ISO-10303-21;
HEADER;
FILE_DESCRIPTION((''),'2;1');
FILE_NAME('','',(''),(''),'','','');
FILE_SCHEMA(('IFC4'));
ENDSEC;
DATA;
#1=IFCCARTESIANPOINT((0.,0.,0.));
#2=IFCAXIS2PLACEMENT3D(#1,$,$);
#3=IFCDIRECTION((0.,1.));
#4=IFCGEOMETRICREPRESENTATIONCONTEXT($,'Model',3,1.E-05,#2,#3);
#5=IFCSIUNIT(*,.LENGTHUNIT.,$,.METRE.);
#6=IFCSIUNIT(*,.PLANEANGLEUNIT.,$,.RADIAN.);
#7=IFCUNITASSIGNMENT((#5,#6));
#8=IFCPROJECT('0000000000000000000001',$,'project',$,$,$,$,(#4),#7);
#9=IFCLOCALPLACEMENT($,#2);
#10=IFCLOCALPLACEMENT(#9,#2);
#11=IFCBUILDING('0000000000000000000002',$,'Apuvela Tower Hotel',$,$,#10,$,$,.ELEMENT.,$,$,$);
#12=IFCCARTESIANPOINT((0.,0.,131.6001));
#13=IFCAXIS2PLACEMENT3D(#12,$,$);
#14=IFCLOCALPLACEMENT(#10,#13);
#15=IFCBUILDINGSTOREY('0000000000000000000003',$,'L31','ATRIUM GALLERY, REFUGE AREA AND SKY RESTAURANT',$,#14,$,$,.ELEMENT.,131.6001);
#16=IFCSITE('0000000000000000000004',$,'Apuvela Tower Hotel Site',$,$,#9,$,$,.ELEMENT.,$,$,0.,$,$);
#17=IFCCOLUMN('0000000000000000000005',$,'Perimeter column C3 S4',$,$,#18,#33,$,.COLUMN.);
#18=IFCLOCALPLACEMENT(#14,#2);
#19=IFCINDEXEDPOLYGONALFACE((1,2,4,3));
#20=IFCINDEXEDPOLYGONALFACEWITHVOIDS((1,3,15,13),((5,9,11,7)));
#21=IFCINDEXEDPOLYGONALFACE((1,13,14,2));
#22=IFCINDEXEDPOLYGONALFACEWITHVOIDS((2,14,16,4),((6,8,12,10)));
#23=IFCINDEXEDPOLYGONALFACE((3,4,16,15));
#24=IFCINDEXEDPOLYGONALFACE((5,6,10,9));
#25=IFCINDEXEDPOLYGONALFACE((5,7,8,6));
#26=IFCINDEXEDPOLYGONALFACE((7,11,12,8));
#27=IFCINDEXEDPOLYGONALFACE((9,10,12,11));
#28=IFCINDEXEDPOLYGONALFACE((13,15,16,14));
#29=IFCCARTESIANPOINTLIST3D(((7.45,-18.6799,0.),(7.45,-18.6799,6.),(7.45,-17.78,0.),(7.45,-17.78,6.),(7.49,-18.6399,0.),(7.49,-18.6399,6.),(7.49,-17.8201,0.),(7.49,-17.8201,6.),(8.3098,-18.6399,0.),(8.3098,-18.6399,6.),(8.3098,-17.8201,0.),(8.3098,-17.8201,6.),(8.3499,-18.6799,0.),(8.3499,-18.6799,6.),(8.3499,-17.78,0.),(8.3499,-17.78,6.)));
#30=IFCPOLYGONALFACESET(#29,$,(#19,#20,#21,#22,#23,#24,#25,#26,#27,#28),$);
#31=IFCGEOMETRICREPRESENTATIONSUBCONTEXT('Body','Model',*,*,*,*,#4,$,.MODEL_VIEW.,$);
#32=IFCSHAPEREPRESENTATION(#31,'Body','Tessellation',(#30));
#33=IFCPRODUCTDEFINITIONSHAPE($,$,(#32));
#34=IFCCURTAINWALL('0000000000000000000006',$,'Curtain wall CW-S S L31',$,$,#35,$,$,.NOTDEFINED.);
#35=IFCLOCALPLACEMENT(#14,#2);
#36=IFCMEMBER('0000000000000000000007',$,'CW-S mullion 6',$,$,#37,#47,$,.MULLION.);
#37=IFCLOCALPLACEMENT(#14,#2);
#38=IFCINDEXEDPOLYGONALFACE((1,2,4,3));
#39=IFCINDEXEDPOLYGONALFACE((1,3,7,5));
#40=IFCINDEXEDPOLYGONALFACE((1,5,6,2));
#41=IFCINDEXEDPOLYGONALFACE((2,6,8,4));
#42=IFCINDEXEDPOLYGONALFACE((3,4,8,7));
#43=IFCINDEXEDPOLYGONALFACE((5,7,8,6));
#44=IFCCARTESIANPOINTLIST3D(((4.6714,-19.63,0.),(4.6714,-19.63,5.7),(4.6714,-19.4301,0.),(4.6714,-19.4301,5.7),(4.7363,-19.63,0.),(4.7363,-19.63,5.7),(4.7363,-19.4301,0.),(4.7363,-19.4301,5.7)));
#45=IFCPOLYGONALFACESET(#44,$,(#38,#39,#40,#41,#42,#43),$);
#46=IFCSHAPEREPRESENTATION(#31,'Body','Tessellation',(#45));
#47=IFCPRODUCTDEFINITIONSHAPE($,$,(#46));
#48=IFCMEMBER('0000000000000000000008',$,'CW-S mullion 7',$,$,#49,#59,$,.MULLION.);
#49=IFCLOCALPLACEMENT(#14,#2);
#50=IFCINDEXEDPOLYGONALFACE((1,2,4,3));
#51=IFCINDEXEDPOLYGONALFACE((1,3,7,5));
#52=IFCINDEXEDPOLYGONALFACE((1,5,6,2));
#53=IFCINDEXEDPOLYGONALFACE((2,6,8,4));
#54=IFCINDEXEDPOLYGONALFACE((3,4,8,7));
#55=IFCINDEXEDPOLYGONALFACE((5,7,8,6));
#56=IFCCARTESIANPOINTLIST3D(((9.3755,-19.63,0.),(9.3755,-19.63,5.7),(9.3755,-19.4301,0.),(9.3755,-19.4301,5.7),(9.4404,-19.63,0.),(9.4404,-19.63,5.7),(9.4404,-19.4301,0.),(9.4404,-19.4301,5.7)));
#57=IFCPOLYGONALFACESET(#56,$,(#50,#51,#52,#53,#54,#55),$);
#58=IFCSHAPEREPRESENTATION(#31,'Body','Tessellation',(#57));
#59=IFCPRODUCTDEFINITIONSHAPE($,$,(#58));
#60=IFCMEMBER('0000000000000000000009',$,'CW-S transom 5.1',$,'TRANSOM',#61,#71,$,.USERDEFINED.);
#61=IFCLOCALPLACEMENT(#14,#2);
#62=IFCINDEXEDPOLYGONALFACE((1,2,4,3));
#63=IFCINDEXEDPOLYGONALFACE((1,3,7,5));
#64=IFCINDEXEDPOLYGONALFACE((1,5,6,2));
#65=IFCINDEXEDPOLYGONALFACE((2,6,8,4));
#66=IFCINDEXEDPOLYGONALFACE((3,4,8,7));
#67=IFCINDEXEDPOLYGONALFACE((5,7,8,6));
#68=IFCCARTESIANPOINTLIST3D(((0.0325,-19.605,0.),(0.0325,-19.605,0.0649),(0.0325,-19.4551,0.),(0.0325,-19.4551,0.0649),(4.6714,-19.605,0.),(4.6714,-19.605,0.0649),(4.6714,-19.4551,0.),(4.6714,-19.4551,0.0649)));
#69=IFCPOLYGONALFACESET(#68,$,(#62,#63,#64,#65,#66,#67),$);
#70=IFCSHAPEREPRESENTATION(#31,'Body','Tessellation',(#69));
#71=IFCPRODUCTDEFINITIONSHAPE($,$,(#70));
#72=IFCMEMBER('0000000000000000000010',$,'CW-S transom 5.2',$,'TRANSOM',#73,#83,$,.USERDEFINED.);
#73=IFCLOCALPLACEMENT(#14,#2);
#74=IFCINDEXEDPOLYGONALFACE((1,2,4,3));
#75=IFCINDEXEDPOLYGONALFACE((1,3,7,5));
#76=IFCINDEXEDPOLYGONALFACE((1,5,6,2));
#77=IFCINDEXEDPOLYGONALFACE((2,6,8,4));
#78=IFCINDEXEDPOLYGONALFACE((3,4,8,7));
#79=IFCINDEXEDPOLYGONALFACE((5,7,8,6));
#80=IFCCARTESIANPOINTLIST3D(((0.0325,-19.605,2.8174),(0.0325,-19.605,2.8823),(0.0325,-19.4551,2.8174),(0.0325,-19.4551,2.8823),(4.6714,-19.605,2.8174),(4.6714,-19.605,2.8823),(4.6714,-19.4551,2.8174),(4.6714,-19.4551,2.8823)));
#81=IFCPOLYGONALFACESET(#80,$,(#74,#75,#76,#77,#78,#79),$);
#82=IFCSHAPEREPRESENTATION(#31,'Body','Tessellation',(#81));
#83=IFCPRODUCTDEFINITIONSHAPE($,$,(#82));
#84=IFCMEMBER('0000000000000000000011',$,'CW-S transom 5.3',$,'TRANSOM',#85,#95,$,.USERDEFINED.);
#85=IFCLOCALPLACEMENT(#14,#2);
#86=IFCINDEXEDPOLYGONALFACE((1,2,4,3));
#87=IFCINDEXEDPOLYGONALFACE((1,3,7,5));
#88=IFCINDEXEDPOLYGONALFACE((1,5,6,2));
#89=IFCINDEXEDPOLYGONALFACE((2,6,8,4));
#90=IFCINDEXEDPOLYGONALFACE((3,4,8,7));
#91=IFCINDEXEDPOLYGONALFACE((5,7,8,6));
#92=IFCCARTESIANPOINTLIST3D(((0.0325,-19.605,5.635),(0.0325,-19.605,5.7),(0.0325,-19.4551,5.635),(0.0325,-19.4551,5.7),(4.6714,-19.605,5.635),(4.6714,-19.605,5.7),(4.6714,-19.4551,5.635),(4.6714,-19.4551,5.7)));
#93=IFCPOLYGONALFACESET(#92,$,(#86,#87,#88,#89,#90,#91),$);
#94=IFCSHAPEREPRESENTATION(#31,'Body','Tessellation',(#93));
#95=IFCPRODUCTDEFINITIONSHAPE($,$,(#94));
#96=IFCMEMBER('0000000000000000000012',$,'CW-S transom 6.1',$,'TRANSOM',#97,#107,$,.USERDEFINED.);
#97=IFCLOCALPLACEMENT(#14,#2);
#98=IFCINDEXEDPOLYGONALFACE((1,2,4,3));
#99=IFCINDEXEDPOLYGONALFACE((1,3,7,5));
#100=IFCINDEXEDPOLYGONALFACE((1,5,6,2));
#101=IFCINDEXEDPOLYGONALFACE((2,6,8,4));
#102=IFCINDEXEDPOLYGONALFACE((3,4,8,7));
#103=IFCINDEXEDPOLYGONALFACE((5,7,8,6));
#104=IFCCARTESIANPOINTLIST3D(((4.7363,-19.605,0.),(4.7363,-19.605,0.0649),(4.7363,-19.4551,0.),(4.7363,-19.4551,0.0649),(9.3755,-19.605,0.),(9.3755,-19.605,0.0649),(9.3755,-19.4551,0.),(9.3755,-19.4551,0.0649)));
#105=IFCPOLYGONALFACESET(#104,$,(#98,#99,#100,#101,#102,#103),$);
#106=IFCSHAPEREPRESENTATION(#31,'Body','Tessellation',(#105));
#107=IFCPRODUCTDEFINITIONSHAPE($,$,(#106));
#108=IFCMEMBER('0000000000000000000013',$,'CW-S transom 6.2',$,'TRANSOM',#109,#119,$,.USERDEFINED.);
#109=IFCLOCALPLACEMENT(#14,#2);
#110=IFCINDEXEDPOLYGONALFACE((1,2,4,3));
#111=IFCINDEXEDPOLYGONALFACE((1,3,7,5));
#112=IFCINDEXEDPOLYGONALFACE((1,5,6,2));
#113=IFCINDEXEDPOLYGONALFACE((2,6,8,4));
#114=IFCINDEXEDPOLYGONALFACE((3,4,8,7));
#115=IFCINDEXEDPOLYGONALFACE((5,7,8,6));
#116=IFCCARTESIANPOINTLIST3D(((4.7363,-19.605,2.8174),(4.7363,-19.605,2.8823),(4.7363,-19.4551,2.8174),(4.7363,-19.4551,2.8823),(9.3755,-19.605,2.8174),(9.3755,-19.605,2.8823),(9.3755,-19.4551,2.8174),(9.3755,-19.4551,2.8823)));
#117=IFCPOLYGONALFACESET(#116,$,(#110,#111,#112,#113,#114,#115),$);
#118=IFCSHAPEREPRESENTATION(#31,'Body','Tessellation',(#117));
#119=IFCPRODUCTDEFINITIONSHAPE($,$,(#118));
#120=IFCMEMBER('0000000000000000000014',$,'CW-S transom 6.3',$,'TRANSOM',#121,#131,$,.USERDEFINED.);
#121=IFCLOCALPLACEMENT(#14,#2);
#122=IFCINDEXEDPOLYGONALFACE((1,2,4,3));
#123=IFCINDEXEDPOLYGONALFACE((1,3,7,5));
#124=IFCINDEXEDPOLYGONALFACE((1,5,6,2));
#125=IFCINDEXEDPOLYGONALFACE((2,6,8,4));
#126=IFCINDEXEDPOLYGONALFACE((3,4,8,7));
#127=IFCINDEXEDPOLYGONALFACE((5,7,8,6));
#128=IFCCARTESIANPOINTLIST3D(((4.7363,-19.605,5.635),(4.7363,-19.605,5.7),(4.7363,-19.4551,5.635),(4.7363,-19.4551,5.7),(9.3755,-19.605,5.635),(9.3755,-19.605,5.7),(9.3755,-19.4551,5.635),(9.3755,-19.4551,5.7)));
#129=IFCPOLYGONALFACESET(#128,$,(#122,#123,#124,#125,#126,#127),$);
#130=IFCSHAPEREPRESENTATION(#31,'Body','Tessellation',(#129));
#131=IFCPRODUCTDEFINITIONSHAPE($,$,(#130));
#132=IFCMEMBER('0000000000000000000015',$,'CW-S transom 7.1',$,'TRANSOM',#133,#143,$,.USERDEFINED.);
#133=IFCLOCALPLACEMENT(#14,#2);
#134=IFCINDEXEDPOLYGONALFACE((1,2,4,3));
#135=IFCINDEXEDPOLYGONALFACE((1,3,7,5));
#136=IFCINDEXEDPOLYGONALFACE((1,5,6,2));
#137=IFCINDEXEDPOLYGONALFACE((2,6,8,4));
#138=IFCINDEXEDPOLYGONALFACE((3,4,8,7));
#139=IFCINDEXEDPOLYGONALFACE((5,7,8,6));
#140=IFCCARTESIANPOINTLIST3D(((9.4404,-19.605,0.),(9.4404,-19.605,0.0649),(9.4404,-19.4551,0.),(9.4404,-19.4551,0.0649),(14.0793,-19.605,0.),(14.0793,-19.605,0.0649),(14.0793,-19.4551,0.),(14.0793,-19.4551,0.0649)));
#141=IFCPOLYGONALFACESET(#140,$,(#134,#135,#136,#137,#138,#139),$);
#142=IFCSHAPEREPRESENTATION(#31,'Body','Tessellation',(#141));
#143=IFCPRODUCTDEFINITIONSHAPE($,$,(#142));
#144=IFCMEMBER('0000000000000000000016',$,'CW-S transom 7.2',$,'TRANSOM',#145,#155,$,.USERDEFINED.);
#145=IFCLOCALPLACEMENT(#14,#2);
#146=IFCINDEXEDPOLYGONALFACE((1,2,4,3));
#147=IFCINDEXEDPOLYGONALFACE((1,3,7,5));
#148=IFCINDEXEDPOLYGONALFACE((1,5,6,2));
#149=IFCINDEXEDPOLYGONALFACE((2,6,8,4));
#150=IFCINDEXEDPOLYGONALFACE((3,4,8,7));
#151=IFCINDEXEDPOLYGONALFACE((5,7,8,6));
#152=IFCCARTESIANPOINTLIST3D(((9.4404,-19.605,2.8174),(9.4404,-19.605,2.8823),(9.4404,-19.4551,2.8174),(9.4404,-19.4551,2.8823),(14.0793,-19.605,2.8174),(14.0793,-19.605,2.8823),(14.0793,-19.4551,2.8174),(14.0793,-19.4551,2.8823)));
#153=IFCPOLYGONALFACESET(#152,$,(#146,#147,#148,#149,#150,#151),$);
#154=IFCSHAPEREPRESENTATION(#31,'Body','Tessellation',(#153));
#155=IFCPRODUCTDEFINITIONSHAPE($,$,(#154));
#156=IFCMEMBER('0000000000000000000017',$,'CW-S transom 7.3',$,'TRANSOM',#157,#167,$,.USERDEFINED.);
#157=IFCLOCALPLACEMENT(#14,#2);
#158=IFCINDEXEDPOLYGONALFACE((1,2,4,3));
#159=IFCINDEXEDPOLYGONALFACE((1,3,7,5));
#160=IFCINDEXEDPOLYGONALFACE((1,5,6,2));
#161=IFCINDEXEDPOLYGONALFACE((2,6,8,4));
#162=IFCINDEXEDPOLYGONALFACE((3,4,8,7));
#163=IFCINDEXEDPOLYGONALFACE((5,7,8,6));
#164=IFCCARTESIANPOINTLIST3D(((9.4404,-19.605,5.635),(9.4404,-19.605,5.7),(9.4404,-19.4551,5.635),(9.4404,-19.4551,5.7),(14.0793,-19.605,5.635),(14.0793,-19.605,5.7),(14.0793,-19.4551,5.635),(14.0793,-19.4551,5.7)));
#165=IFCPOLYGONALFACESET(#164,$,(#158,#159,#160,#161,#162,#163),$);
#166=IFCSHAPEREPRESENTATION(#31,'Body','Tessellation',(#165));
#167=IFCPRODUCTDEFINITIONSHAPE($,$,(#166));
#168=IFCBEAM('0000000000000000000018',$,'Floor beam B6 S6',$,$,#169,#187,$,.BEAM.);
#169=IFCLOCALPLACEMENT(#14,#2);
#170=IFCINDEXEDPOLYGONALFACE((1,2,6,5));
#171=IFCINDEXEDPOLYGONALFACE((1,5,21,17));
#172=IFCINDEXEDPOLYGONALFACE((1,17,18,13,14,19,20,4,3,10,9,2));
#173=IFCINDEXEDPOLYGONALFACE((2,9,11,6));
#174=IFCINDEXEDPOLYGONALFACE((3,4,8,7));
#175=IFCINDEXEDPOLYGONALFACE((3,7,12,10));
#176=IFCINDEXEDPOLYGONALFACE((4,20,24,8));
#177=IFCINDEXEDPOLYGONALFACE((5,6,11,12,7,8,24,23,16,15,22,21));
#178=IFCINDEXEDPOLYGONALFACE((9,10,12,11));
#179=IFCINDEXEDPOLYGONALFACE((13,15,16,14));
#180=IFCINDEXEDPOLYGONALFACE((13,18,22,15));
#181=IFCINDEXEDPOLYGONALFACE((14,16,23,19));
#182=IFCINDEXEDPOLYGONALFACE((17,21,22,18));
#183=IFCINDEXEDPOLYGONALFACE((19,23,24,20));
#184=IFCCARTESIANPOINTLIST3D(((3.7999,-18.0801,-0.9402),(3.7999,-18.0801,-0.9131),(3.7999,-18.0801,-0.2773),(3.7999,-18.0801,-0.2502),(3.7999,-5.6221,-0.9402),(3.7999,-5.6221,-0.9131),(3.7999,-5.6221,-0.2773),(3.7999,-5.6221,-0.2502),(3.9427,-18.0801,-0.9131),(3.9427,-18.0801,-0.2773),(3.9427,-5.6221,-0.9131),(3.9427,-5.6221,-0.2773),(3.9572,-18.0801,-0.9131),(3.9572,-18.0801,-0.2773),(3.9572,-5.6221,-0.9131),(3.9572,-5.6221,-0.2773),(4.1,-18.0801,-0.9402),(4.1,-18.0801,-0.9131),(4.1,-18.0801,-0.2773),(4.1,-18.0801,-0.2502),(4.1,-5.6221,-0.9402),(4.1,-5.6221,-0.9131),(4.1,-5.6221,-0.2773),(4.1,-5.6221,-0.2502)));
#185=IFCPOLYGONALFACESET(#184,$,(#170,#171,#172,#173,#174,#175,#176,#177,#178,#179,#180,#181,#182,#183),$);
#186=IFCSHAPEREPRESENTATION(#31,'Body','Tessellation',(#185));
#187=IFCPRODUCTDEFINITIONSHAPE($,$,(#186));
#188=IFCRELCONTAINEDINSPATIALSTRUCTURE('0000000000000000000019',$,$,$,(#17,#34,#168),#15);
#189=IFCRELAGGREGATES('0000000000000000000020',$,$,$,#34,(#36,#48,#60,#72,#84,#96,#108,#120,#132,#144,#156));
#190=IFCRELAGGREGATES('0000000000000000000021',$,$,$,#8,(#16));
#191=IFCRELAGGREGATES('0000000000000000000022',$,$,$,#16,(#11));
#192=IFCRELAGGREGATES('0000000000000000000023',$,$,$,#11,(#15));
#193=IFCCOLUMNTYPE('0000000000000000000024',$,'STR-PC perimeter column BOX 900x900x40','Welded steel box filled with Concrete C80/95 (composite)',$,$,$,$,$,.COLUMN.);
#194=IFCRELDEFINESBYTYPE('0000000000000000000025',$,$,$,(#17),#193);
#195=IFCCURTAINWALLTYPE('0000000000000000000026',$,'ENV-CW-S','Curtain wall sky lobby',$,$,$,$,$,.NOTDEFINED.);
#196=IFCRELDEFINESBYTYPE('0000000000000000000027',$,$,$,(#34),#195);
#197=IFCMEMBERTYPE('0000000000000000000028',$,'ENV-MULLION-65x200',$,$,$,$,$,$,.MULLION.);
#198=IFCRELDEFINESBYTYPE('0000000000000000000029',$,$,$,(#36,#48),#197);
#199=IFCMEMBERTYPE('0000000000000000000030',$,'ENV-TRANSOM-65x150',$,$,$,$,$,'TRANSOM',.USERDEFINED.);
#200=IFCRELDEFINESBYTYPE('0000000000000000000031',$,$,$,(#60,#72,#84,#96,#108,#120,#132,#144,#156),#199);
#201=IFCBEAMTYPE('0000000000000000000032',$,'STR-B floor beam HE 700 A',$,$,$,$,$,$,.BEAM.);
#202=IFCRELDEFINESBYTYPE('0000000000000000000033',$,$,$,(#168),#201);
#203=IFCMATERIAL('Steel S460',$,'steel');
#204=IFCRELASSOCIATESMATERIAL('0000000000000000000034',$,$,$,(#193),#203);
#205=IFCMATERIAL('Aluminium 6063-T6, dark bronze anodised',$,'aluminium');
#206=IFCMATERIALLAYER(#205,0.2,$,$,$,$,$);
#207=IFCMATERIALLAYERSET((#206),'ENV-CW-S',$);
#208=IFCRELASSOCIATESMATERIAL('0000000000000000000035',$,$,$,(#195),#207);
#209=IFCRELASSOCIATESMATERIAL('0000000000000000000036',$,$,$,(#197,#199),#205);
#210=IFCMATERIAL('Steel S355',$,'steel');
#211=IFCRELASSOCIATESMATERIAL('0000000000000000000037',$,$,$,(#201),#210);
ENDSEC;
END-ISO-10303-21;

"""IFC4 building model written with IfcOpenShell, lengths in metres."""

from ifc_helpers import new_model, si_unit, direction, frame, origin, origin_2d, place, context, subcontext, project, spatial, rectangle, hollow_rectangle, i_section, extrude, material, layer, layer_set, material_profile, profile_set, type_object, element, aggregate, save


model = new_model("IFC4")

# Units and contexts
model_context = context("Model", 3, precision=1e-05, world=origin(), true_north=direction((0.0, 1.0)))
body_context = subcontext(model_context, "Body", "Model", "MODEL_VIEW")
ifc_project = project(units=[si_unit("LENGTHUNIT", "METRE"), si_unit("PLANEANGLEUNIT", "RADIAN")], contexts=[model_context])

# Site, building, storey
site_placement = place(None, origin())
site = spatial("IfcSite", under=ifc_project, at=site_placement, Name="Apuvela Tower Hotel Site", CompositionType="ELEMENT", RefElevation=0.0)
building_placement = place(site_placement, origin())
building = spatial("IfcBuilding", under=site, at=building_placement, Name="Apuvela Tower Hotel", CompositionType="ELEMENT")
storey_placement = place(building_placement, frame((0.0, 0.0, 131.6001)))
storey = spatial("IfcBuildingStorey", under=building, at=storey_placement, Name="L31", Description="ATRIUM GALLERY, REFUGE AREA AND SKY RESTAURANT", CompositionType="ELEMENT", Elevation=131.6001)

# Column
ifc_material_1 = material(Name="Steel S460", Category="steel")
ifc_material_profile_1 = material_profile(ifc_material_1, hollow_rectangle(XDim=0.8999, YDim=0.8999, WallThickness=0.04, at=origin_2d()), Name="BOX 900x900x40")
ifc_material_2 = material(Name="Concrete C80/95", Category="concrete")
ifc_material_profile_2 = material_profile(ifc_material_2, rectangle(XDim=0.8201, YDim=0.8201, at=origin_2d()), Name="Concrete C80/95 infill")
ifc_profile_set_1 = profile_set([ifc_material_profile_1, ifc_material_profile_2], Name="Steel S460")
column_type = type_object("IfcColumnType", Name="STR-PC perimeter column BOX 900x900x40", Description="Welded steel box filled with Concrete C80/95 (composite)", PredefinedType="COLUMN", material=ifc_profile_set_1)
column_placement = place(storey_placement, frame((7.8999, -18.23, 0.0), z_axis=(0.0, 0.0, 1.0), x_axis=(-1.0, 0.0, 0.0)))
element("IfcColumn", 1, at=column_placement, inside=storey, type_object=column_type, Name="Perimeter column C3 S4", PredefinedType="COLUMN", context=body_context, shape_type="SweptSolid", body=[
    extrude(hollow_rectangle(XDim=0.8999, YDim=0.8999, WallThickness=0.04, at=origin_2d()), origin(), (0.0, 0.0, 1.0), 6.0),
])

# Curtain wall, members
ifc_material_3 = material(Name="Aluminium 6063-T6, dark bronze anodised", Category="aluminium")
ifc_layer_1 = layer(ifc_material_3, 0.2)
ifc_layer_set_1 = layer_set([ifc_layer_1], Name="ENV-CW-S")
curtain_wall_type = type_object("IfcCurtainWallType", Name="ENV-CW-S", Description="Curtain wall sky lobby", PredefinedType="NOTDEFINED", material=ifc_layer_set_1)
curtain_wall_placement = place(storey_placement, origin())
curtain_wall = element("IfcCurtainWall", 2, at=curtain_wall_placement, inside=storey, type_object=curtain_wall_type, Name="Curtain wall CW-S S L31", PredefinedType="NOTDEFINED")
ifc_material_profile_3 = material_profile(ifc_material_3, rectangle(XDim=0.2, YDim=0.0649, at=origin_2d()), Name="AL 65x200")
ifc_profile_set_2 = profile_set([ifc_material_profile_3], Name="Aluminium 6063-T6, dark bronze anodised")
member_type_1 = type_object("IfcMemberType", Name="ENV-MULLION-65x200", PredefinedType="MULLION", material=ifc_profile_set_2)
member_1_placement = place(storey_placement, frame((4.7039, -19.53, 0.0), z_axis=(0.0, 0.0, 1.0), x_axis=(0.0, 1.0, 0.0)))
member_1 = element("IfcMember", 3, at=member_1_placement, type_object=member_type_1, Name="CW-S mullion 6", PredefinedType="MULLION", context=body_context, shape_type="SweptSolid", body=[
    extrude(rectangle(XDim=0.2, YDim=0.0649, at=origin_2d()), origin(), (0.0, 0.0, 1.0), 5.7),
])
member_2_placement = place(storey_placement, frame((9.408, -19.53, 0.0), z_axis=(0.0, 0.0, 1.0), x_axis=(0.0, 1.0, 0.0)))
member_2 = element("IfcMember", 4, at=member_2_placement, type_object=member_type_1, Name="CW-S mullion 7", PredefinedType="MULLION", context=body_context, shape_type="SweptSolid", body=[
    extrude(rectangle(XDim=0.2, YDim=0.0649, at=origin_2d()), origin(), (0.0, 0.0, 1.0), 5.7),
])
ifc_material_profile_4 = material_profile(ifc_material_3, rectangle(XDim=0.1499, YDim=0.0649, at=origin_2d()), Name="AL 65x150 transom")
ifc_profile_set_3 = profile_set([ifc_material_profile_4], Name="Aluminium 6063-T6, dark bronze anodised")
member_type_2 = type_object("IfcMemberType", Name="ENV-TRANSOM-65x150", ElementType="TRANSOM", PredefinedType="USERDEFINED", material=ifc_profile_set_3)
member_3_placement = place(storey_placement, frame((0.0325, -19.53, 0.0325), z_axis=(1.0, 0.0, 0.0), x_axis=(0.0, 1.0, 0.0)))
member_3 = element("IfcMember", 5, at=member_3_placement, type_object=member_type_2, Name="CW-S transom 5.1", ObjectType="TRANSOM", PredefinedType="USERDEFINED", context=body_context, shape_type="SweptSolid", body=[
    extrude(rectangle(XDim=0.1499, YDim=0.0649, at=origin_2d()), origin(), (0.0, 0.0, 1.0), 4.6389),
])
member_4_placement = place(storey_placement, frame((0.0325, -19.53, 2.8499), z_axis=(1.0, 0.0, 0.0), x_axis=(0.0, 1.0, 0.0)))
member_4 = element("IfcMember", 6, at=member_4_placement, type_object=member_type_2, Name="CW-S transom 5.2", ObjectType="TRANSOM", PredefinedType="USERDEFINED", context=body_context, shape_type="SweptSolid", body=[
    extrude(rectangle(XDim=0.1499, YDim=0.0649, at=origin_2d()), origin(), (0.0, 0.0, 1.0), 4.6389),
])
member_5_placement = place(storey_placement, frame((0.0325, -19.53, 5.6675), z_axis=(1.0, 0.0, 0.0), x_axis=(0.0, 1.0, 0.0)))
member_5 = element("IfcMember", 7, at=member_5_placement, type_object=member_type_2, Name="CW-S transom 5.3", ObjectType="TRANSOM", PredefinedType="USERDEFINED", context=body_context, shape_type="SweptSolid", body=[
    extrude(rectangle(XDim=0.1499, YDim=0.0649, at=origin_2d()), origin(), (0.0, 0.0, 1.0), 4.6389),
])
member_6_placement = place(storey_placement, frame((4.7363, -19.53, 0.0325), z_axis=(1.0, 0.0, 0.0), x_axis=(0.0, 1.0, 0.0)))
member_6 = element("IfcMember", 8, at=member_6_placement, type_object=member_type_2, Name="CW-S transom 6.1", ObjectType="TRANSOM", PredefinedType="USERDEFINED", context=body_context, shape_type="SweptSolid", body=[
    extrude(rectangle(XDim=0.1499, YDim=0.0649, at=origin_2d()), origin(), (0.0, 0.0, 1.0), 4.6392),
])
member_7_placement = place(storey_placement, frame((4.7363, -19.53, 2.8499), z_axis=(1.0, 0.0, 0.0), x_axis=(0.0, 1.0, 0.0)))
member_7 = element("IfcMember", 9, at=member_7_placement, type_object=member_type_2, Name="CW-S transom 6.2", ObjectType="TRANSOM", PredefinedType="USERDEFINED", context=body_context, shape_type="SweptSolid", body=[
    extrude(rectangle(XDim=0.1499, YDim=0.0649, at=origin_2d()), origin(), (0.0, 0.0, 1.0), 4.6392),
])
member_8_placement = place(storey_placement, frame((4.7363, -19.53, 5.6675), z_axis=(1.0, 0.0, 0.0), x_axis=(0.0, 1.0, 0.0)))
member_8 = element("IfcMember", 10, at=member_8_placement, type_object=member_type_2, Name="CW-S transom 6.3", ObjectType="TRANSOM", PredefinedType="USERDEFINED", context=body_context, shape_type="SweptSolid", body=[
    extrude(rectangle(XDim=0.1499, YDim=0.0649, at=origin_2d()), origin(), (0.0, 0.0, 1.0), 4.6392),
])
member_9_placement = place(storey_placement, frame((9.4404, -19.53, 0.0325), z_axis=(1.0, 0.0, 0.0), x_axis=(0.0, 1.0, 0.0)))
member_9 = element("IfcMember", 11, at=member_9_placement, type_object=member_type_2, Name="CW-S transom 7.1", ObjectType="TRANSOM", PredefinedType="USERDEFINED", context=body_context, shape_type="SweptSolid", body=[
    extrude(rectangle(XDim=0.1499, YDim=0.0649, at=origin_2d()), origin(), (0.0, 0.0, 1.0), 4.6389),
])
member_10_placement = place(storey_placement, frame((9.4404, -19.53, 2.8499), z_axis=(1.0, 0.0, 0.0), x_axis=(0.0, 1.0, 0.0)))
member_10 = element("IfcMember", 12, at=member_10_placement, type_object=member_type_2, Name="CW-S transom 7.2", ObjectType="TRANSOM", PredefinedType="USERDEFINED", context=body_context, shape_type="SweptSolid", body=[
    extrude(rectangle(XDim=0.1499, YDim=0.0649, at=origin_2d()), origin(), (0.0, 0.0, 1.0), 4.6389),
])
member_11_placement = place(storey_placement, frame((9.4404, -19.53, 5.6675), z_axis=(1.0, 0.0, 0.0), x_axis=(0.0, 1.0, 0.0)))
member_11 = element("IfcMember", 13, at=member_11_placement, type_object=member_type_2, Name="CW-S transom 7.3", ObjectType="TRANSOM", PredefinedType="USERDEFINED", context=body_context, shape_type="SweptSolid", body=[
    extrude(rectangle(XDim=0.1499, YDim=0.0649, at=origin_2d()), origin(), (0.0, 0.0, 1.0), 4.6389),
])

# Beam
ifc_material_4 = material(Name="Steel S355", Category="steel")
ifc_material_profile_5 = material_profile(ifc_material_4, i_section(OverallWidth=0.3, OverallDepth=0.6899, WebThickness=0.0144, FlangeThickness=0.0271, at=origin_2d()), Name="HE 700 A")
ifc_profile_set_4 = profile_set([ifc_material_profile_5], Name="Steel S355")
beam_type_1 = type_object("IfcBeamType", Name="STR-B floor beam HE 700 A", PredefinedType="BEAM", material=ifc_profile_set_4)
beam_1_placement = place(storey_placement, frame((3.95, -18.0801, -0.5952), z_axis=(0.0, 1.0, 0.0), x_axis=(-1.0, 0.0, 0.0)))
element("IfcBeam", 14, at=beam_1_placement, inside=storey, type_object=beam_type_1, Name="Floor beam B6 S6", PredefinedType="BEAM", context=body_context, shape_type="SweptSolid", body=[
    extrude(i_section(OverallWidth=0.3, OverallDepth=0.6899, WebThickness=0.0144, FlangeThickness=0.0271, at=origin_2d()), origin(), (0.0, 0.0, 1.0), 12.458),
])

aggregate(curtain_wall, [member_1, member_2, member_3, member_4, member_5, member_6, member_7, member_8, member_9, member_10, member_11])

save(model, "model.ifc")
